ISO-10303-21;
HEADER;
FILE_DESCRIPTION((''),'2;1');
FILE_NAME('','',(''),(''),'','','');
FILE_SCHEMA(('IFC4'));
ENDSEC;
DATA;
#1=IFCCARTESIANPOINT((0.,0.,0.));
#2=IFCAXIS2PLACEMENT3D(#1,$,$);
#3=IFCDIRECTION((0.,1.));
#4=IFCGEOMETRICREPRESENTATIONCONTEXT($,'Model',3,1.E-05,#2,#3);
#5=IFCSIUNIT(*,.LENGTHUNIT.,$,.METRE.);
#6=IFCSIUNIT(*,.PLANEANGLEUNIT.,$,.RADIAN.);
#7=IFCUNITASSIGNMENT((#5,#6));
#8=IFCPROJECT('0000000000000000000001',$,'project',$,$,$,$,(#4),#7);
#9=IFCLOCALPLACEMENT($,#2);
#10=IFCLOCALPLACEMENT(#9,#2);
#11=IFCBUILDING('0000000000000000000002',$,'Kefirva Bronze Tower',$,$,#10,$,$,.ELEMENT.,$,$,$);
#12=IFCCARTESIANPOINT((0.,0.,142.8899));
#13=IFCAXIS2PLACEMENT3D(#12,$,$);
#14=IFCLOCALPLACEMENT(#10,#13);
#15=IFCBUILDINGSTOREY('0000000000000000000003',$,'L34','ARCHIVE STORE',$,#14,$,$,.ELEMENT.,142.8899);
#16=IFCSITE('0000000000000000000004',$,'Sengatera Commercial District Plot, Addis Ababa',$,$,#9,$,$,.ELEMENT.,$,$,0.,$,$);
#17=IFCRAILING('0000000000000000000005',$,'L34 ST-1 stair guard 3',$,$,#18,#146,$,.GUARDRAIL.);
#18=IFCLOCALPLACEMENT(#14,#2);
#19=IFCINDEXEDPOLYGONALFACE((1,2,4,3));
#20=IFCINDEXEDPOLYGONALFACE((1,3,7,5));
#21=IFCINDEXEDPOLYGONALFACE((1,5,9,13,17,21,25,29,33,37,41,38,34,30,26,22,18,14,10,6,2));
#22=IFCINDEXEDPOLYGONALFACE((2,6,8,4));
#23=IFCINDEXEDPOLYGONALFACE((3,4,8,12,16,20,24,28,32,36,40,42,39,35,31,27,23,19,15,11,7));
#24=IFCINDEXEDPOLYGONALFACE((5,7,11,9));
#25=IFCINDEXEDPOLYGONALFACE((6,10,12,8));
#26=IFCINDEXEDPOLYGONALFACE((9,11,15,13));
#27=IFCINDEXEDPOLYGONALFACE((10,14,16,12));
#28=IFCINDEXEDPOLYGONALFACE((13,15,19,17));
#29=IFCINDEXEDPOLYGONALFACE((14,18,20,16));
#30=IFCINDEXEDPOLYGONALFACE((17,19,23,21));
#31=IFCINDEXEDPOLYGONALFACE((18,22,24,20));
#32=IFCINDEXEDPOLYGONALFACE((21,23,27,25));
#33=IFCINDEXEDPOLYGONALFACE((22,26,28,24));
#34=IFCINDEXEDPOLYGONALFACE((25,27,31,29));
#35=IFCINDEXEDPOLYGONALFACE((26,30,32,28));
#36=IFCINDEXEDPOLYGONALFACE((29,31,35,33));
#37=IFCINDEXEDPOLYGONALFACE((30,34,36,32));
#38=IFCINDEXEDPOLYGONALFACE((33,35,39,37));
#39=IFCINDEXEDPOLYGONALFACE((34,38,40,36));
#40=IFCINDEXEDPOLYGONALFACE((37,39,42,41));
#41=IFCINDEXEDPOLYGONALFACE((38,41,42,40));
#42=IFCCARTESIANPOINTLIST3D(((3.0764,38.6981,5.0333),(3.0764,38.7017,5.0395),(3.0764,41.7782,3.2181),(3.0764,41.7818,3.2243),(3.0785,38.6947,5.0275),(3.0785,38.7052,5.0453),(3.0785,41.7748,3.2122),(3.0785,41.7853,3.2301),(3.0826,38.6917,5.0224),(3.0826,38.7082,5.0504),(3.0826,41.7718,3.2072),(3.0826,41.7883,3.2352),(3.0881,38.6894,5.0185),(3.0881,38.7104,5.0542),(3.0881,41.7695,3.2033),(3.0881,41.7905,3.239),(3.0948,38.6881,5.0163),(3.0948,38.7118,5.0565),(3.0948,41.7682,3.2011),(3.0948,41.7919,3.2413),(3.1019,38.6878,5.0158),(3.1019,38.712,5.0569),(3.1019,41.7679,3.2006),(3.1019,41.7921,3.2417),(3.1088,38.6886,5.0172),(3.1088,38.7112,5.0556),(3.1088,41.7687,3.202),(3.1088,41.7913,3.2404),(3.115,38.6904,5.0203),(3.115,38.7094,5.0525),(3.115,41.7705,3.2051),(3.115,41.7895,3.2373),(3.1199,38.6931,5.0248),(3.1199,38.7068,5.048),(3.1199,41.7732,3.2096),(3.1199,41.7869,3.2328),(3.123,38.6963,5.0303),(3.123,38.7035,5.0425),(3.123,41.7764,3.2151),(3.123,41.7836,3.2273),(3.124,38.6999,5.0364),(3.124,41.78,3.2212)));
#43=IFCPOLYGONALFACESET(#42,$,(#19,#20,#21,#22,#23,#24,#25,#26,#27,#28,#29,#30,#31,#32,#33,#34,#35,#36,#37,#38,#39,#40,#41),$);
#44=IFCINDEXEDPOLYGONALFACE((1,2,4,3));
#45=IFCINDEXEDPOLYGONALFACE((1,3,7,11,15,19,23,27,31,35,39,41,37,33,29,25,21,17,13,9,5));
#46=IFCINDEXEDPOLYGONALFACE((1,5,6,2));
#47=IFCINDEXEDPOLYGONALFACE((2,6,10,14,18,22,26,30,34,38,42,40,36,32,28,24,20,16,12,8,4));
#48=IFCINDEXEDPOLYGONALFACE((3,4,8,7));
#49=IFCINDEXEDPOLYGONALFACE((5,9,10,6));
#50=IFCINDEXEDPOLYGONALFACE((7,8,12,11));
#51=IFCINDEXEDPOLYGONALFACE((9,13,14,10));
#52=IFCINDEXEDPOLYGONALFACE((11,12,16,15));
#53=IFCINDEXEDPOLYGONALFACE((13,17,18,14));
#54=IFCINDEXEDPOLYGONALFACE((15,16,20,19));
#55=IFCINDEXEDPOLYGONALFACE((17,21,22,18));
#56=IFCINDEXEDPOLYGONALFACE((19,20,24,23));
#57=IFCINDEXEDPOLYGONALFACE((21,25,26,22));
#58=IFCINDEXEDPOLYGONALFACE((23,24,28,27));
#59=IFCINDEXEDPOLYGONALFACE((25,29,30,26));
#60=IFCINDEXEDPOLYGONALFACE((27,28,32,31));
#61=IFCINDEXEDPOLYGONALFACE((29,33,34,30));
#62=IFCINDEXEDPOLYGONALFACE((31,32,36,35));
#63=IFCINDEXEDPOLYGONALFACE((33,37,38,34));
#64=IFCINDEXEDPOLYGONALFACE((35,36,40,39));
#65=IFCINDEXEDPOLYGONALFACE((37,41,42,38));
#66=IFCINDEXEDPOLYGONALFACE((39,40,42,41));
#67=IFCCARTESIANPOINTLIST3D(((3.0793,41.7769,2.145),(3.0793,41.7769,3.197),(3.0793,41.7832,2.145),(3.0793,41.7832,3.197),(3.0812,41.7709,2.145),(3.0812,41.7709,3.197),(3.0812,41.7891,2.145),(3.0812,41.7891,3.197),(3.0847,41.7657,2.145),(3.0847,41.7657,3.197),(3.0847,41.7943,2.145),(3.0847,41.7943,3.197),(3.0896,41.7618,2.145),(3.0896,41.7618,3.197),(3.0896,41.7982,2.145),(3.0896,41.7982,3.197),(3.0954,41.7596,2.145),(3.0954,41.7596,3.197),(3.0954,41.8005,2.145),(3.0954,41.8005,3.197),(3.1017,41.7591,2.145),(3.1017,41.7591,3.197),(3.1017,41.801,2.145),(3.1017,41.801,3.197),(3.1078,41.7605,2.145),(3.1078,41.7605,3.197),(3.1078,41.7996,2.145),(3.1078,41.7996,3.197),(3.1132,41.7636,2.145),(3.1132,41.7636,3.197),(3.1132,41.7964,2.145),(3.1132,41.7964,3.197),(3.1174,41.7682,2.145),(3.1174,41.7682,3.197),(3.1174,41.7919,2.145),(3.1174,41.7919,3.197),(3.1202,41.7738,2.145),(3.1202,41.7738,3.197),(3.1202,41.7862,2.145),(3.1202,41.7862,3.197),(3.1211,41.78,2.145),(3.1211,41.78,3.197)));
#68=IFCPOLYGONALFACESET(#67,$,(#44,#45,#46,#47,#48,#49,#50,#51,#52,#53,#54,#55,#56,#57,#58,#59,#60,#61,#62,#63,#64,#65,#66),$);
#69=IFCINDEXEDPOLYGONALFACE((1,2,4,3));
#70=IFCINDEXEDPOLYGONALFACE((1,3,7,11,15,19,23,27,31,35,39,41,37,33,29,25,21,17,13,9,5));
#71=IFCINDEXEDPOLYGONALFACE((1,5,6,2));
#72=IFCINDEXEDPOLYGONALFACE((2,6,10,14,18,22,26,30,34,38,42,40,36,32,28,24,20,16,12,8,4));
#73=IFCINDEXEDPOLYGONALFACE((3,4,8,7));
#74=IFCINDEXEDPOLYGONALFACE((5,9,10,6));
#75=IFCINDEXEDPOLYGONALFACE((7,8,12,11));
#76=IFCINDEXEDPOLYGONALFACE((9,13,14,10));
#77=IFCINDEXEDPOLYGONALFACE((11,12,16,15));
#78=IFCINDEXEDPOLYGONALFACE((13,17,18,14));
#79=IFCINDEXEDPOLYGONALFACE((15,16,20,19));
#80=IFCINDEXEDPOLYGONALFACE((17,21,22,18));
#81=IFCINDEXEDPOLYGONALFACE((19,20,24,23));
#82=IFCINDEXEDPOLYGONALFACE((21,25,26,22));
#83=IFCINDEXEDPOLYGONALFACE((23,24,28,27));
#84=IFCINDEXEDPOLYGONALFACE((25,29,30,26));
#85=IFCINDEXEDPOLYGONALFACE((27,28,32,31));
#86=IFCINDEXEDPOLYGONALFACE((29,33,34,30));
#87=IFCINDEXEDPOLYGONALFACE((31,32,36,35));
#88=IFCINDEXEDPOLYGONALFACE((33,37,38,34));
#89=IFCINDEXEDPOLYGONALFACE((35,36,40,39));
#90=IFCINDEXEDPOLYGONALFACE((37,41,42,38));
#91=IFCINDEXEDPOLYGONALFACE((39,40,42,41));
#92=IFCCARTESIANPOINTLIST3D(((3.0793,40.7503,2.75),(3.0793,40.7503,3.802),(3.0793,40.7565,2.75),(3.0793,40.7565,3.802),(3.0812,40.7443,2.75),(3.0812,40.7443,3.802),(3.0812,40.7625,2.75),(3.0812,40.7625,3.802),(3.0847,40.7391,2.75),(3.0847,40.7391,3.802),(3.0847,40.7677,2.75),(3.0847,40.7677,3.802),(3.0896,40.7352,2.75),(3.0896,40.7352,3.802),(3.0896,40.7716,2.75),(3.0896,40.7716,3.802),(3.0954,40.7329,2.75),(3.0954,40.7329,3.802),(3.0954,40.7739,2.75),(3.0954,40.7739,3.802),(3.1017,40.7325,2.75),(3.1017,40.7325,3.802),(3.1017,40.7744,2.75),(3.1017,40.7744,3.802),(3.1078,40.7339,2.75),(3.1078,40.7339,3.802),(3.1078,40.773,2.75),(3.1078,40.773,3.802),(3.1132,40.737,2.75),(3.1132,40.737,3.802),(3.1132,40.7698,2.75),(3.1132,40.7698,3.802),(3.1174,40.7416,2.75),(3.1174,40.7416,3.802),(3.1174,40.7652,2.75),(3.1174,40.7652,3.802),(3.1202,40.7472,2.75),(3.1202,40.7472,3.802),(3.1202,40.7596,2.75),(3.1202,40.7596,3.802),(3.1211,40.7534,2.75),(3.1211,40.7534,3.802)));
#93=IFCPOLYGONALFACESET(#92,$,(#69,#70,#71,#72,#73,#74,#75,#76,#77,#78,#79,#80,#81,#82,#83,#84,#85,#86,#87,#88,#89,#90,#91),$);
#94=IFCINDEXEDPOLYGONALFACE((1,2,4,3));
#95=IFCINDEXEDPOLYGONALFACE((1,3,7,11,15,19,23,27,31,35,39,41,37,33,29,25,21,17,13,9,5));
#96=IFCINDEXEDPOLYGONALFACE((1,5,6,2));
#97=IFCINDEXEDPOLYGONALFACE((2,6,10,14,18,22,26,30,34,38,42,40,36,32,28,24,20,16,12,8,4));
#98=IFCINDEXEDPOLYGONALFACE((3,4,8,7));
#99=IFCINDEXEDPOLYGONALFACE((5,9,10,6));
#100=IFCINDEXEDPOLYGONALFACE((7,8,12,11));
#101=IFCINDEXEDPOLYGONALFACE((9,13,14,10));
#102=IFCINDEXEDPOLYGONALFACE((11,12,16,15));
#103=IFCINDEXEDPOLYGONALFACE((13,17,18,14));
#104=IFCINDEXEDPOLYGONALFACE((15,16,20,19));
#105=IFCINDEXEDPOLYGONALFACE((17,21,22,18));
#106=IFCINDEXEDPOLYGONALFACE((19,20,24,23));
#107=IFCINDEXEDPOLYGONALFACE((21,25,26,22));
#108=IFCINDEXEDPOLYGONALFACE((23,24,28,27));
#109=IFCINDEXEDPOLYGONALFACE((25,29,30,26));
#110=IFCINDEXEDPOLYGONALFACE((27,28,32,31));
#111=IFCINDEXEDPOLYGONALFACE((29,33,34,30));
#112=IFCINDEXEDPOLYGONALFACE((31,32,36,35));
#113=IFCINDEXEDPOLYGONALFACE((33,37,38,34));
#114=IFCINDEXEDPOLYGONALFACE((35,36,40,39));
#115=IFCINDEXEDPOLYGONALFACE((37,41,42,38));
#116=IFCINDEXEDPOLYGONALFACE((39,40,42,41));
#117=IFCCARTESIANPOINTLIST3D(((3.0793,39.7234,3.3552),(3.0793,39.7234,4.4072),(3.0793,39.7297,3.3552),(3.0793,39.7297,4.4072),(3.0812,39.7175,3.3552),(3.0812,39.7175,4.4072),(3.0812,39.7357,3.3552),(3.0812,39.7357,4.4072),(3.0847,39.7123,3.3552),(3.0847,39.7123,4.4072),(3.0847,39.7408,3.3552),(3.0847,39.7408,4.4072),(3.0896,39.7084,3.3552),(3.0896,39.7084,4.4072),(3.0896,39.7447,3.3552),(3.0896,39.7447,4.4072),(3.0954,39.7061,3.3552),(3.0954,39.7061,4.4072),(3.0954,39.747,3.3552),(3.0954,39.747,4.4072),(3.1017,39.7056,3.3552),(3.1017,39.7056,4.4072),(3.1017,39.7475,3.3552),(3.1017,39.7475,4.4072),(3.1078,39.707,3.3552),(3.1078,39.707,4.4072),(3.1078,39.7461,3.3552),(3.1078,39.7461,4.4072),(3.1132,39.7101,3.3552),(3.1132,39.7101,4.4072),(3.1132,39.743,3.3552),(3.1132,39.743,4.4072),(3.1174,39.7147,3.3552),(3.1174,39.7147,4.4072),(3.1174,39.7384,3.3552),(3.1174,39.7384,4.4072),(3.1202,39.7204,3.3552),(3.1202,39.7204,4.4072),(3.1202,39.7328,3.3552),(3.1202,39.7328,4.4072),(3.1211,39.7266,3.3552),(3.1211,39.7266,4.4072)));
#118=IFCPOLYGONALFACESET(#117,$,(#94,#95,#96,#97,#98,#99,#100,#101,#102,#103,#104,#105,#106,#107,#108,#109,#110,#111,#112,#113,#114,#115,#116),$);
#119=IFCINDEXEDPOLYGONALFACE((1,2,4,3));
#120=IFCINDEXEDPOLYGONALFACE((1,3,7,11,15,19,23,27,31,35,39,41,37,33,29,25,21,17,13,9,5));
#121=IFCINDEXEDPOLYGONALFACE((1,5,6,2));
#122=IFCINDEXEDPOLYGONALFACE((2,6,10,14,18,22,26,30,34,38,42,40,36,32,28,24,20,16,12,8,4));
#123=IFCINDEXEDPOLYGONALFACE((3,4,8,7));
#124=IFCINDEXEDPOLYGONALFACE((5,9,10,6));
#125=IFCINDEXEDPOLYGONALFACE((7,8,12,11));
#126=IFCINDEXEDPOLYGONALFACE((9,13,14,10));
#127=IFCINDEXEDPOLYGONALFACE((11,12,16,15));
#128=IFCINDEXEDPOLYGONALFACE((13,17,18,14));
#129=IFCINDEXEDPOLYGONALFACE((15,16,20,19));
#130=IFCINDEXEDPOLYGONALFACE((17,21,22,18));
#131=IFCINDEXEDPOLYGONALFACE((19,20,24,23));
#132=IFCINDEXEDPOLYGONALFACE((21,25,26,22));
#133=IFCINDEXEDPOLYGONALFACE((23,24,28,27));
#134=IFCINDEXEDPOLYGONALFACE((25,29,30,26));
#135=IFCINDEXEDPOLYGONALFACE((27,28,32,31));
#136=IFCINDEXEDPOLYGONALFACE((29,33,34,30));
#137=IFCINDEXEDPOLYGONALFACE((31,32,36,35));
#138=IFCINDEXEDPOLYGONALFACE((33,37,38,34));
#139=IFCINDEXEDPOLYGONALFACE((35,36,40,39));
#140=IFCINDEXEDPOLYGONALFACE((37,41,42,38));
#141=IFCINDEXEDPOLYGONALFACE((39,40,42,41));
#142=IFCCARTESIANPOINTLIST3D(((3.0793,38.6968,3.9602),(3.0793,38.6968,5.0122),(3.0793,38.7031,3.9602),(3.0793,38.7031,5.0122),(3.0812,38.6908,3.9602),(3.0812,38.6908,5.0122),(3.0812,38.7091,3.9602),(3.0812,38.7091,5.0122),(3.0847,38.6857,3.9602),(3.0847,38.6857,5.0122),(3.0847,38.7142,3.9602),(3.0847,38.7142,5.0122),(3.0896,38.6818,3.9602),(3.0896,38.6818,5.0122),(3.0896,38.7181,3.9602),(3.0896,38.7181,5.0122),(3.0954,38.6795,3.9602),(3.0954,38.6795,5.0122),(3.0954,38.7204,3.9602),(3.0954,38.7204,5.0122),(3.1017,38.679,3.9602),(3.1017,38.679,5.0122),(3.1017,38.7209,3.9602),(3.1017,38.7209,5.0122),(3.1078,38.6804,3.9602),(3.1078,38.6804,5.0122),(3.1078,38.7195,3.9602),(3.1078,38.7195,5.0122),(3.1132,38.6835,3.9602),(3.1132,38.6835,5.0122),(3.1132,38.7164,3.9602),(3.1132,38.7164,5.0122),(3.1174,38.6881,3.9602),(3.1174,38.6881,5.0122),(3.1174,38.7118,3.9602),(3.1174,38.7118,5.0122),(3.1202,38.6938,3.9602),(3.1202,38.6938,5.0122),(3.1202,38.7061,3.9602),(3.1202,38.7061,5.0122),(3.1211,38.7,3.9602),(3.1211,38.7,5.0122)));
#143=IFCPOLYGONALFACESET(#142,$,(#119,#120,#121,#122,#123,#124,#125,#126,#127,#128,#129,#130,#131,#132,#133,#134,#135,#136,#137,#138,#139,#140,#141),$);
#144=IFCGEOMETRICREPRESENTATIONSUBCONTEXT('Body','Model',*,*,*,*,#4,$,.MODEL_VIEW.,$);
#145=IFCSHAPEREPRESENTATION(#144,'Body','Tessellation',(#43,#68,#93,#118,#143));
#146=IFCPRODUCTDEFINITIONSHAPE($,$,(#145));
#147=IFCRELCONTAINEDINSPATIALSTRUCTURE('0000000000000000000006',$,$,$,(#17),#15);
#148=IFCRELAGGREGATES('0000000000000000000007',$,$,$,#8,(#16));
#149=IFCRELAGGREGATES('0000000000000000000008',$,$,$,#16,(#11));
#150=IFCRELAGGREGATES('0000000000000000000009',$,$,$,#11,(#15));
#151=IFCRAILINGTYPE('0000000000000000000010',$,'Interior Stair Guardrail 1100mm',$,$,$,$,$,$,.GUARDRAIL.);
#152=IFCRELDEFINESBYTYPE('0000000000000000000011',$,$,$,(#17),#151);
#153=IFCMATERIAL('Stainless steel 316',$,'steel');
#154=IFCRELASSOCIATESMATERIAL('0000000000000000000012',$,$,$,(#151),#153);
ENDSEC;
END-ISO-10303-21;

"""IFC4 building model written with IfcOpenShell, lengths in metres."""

from ifc_helpers import new_model, si_unit, direction, frame, origin, origin_2d, place, context, subcontext, project, spatial, circle, extrude, material, type_object, element, save


model = new_model("IFC4")

# Units and contexts
model_context = context("Model", 3, precision=1e-05, world=origin(), true_north=direction((0.0, 1.0)))
body_context = subcontext(model_context, "Body", "Model", "MODEL_VIEW")
ifc_project = project(units=[si_unit("LENGTHUNIT", "METRE"), si_unit("PLANEANGLEUNIT", "RADIAN")], contexts=[model_context])

# Site, building, storey
site_placement = place(None, origin())
site = spatial("IfcSite", under=ifc_project, at=site_placement, Name="Sengatera Commercial District Plot, Addis Ababa", CompositionType="ELEMENT", RefElevation=0.0)
building_placement = place(site_placement, origin())
building = spatial("IfcBuilding", under=site, at=building_placement, Name="Kefirva Bronze Tower", CompositionType="ELEMENT")
storey_placement = place(building_placement, frame((0.0, 0.0, 142.8899)))
storey = spatial("IfcBuildingStorey", under=building, at=storey_placement, Name="L34", Description="ARCHIVE STORE", CompositionType="ELEMENT", Elevation=142.8899)

# Railing
ifc_material_1 = material(Name="Stainless steel 316", Category="steel")
railing_type_1 = type_object("IfcRailingType", Name="Interior Stair Guardrail 1100mm", PredefinedType="GUARDRAIL", material=ifc_material_1)
railing_1_placement = place(storey_placement, frame((3.1001, 41.78, 2.145)))
element("IfcRailing", 1, at=railing_1_placement, inside=storey, type_object=railing_type_1, Name="L34 ST-1 stair guard 3", PredefinedType="GUARDRAIL", context=body_context, shape_type="SweptSolid", body=[
    extrude(circle(Radius=0.0239, at=origin_2d()), frame((0.0, 0.0, 1.0762), z_axis=(0.0, -0.861521, 0.507721), x_axis=(1.0, 0.0, 0.0)), (0.0, 0.0, 1.0), 3.5752),
    extrude(circle(Radius=0.021, at=origin_2d()), origin(), (0.0, 0.0, 1.0), 1.052),
    extrude(circle(Radius=0.021, at=origin_2d()), frame((0.0, -1.0266, 0.605)), (0.0, 0.0, 1.0), 1.052),
    extrude(circle(Radius=0.021, at=origin_2d()), frame((0.0, -2.0535, 1.2102)), (0.0, 0.0, 1.0), 1.052),
    extrude(circle(Radius=0.021, at=origin_2d()), frame((0.0, -3.0801, 1.8152)), (0.0, 0.0, 1.0), 1.052),
])

save(model, "model.ifc")
